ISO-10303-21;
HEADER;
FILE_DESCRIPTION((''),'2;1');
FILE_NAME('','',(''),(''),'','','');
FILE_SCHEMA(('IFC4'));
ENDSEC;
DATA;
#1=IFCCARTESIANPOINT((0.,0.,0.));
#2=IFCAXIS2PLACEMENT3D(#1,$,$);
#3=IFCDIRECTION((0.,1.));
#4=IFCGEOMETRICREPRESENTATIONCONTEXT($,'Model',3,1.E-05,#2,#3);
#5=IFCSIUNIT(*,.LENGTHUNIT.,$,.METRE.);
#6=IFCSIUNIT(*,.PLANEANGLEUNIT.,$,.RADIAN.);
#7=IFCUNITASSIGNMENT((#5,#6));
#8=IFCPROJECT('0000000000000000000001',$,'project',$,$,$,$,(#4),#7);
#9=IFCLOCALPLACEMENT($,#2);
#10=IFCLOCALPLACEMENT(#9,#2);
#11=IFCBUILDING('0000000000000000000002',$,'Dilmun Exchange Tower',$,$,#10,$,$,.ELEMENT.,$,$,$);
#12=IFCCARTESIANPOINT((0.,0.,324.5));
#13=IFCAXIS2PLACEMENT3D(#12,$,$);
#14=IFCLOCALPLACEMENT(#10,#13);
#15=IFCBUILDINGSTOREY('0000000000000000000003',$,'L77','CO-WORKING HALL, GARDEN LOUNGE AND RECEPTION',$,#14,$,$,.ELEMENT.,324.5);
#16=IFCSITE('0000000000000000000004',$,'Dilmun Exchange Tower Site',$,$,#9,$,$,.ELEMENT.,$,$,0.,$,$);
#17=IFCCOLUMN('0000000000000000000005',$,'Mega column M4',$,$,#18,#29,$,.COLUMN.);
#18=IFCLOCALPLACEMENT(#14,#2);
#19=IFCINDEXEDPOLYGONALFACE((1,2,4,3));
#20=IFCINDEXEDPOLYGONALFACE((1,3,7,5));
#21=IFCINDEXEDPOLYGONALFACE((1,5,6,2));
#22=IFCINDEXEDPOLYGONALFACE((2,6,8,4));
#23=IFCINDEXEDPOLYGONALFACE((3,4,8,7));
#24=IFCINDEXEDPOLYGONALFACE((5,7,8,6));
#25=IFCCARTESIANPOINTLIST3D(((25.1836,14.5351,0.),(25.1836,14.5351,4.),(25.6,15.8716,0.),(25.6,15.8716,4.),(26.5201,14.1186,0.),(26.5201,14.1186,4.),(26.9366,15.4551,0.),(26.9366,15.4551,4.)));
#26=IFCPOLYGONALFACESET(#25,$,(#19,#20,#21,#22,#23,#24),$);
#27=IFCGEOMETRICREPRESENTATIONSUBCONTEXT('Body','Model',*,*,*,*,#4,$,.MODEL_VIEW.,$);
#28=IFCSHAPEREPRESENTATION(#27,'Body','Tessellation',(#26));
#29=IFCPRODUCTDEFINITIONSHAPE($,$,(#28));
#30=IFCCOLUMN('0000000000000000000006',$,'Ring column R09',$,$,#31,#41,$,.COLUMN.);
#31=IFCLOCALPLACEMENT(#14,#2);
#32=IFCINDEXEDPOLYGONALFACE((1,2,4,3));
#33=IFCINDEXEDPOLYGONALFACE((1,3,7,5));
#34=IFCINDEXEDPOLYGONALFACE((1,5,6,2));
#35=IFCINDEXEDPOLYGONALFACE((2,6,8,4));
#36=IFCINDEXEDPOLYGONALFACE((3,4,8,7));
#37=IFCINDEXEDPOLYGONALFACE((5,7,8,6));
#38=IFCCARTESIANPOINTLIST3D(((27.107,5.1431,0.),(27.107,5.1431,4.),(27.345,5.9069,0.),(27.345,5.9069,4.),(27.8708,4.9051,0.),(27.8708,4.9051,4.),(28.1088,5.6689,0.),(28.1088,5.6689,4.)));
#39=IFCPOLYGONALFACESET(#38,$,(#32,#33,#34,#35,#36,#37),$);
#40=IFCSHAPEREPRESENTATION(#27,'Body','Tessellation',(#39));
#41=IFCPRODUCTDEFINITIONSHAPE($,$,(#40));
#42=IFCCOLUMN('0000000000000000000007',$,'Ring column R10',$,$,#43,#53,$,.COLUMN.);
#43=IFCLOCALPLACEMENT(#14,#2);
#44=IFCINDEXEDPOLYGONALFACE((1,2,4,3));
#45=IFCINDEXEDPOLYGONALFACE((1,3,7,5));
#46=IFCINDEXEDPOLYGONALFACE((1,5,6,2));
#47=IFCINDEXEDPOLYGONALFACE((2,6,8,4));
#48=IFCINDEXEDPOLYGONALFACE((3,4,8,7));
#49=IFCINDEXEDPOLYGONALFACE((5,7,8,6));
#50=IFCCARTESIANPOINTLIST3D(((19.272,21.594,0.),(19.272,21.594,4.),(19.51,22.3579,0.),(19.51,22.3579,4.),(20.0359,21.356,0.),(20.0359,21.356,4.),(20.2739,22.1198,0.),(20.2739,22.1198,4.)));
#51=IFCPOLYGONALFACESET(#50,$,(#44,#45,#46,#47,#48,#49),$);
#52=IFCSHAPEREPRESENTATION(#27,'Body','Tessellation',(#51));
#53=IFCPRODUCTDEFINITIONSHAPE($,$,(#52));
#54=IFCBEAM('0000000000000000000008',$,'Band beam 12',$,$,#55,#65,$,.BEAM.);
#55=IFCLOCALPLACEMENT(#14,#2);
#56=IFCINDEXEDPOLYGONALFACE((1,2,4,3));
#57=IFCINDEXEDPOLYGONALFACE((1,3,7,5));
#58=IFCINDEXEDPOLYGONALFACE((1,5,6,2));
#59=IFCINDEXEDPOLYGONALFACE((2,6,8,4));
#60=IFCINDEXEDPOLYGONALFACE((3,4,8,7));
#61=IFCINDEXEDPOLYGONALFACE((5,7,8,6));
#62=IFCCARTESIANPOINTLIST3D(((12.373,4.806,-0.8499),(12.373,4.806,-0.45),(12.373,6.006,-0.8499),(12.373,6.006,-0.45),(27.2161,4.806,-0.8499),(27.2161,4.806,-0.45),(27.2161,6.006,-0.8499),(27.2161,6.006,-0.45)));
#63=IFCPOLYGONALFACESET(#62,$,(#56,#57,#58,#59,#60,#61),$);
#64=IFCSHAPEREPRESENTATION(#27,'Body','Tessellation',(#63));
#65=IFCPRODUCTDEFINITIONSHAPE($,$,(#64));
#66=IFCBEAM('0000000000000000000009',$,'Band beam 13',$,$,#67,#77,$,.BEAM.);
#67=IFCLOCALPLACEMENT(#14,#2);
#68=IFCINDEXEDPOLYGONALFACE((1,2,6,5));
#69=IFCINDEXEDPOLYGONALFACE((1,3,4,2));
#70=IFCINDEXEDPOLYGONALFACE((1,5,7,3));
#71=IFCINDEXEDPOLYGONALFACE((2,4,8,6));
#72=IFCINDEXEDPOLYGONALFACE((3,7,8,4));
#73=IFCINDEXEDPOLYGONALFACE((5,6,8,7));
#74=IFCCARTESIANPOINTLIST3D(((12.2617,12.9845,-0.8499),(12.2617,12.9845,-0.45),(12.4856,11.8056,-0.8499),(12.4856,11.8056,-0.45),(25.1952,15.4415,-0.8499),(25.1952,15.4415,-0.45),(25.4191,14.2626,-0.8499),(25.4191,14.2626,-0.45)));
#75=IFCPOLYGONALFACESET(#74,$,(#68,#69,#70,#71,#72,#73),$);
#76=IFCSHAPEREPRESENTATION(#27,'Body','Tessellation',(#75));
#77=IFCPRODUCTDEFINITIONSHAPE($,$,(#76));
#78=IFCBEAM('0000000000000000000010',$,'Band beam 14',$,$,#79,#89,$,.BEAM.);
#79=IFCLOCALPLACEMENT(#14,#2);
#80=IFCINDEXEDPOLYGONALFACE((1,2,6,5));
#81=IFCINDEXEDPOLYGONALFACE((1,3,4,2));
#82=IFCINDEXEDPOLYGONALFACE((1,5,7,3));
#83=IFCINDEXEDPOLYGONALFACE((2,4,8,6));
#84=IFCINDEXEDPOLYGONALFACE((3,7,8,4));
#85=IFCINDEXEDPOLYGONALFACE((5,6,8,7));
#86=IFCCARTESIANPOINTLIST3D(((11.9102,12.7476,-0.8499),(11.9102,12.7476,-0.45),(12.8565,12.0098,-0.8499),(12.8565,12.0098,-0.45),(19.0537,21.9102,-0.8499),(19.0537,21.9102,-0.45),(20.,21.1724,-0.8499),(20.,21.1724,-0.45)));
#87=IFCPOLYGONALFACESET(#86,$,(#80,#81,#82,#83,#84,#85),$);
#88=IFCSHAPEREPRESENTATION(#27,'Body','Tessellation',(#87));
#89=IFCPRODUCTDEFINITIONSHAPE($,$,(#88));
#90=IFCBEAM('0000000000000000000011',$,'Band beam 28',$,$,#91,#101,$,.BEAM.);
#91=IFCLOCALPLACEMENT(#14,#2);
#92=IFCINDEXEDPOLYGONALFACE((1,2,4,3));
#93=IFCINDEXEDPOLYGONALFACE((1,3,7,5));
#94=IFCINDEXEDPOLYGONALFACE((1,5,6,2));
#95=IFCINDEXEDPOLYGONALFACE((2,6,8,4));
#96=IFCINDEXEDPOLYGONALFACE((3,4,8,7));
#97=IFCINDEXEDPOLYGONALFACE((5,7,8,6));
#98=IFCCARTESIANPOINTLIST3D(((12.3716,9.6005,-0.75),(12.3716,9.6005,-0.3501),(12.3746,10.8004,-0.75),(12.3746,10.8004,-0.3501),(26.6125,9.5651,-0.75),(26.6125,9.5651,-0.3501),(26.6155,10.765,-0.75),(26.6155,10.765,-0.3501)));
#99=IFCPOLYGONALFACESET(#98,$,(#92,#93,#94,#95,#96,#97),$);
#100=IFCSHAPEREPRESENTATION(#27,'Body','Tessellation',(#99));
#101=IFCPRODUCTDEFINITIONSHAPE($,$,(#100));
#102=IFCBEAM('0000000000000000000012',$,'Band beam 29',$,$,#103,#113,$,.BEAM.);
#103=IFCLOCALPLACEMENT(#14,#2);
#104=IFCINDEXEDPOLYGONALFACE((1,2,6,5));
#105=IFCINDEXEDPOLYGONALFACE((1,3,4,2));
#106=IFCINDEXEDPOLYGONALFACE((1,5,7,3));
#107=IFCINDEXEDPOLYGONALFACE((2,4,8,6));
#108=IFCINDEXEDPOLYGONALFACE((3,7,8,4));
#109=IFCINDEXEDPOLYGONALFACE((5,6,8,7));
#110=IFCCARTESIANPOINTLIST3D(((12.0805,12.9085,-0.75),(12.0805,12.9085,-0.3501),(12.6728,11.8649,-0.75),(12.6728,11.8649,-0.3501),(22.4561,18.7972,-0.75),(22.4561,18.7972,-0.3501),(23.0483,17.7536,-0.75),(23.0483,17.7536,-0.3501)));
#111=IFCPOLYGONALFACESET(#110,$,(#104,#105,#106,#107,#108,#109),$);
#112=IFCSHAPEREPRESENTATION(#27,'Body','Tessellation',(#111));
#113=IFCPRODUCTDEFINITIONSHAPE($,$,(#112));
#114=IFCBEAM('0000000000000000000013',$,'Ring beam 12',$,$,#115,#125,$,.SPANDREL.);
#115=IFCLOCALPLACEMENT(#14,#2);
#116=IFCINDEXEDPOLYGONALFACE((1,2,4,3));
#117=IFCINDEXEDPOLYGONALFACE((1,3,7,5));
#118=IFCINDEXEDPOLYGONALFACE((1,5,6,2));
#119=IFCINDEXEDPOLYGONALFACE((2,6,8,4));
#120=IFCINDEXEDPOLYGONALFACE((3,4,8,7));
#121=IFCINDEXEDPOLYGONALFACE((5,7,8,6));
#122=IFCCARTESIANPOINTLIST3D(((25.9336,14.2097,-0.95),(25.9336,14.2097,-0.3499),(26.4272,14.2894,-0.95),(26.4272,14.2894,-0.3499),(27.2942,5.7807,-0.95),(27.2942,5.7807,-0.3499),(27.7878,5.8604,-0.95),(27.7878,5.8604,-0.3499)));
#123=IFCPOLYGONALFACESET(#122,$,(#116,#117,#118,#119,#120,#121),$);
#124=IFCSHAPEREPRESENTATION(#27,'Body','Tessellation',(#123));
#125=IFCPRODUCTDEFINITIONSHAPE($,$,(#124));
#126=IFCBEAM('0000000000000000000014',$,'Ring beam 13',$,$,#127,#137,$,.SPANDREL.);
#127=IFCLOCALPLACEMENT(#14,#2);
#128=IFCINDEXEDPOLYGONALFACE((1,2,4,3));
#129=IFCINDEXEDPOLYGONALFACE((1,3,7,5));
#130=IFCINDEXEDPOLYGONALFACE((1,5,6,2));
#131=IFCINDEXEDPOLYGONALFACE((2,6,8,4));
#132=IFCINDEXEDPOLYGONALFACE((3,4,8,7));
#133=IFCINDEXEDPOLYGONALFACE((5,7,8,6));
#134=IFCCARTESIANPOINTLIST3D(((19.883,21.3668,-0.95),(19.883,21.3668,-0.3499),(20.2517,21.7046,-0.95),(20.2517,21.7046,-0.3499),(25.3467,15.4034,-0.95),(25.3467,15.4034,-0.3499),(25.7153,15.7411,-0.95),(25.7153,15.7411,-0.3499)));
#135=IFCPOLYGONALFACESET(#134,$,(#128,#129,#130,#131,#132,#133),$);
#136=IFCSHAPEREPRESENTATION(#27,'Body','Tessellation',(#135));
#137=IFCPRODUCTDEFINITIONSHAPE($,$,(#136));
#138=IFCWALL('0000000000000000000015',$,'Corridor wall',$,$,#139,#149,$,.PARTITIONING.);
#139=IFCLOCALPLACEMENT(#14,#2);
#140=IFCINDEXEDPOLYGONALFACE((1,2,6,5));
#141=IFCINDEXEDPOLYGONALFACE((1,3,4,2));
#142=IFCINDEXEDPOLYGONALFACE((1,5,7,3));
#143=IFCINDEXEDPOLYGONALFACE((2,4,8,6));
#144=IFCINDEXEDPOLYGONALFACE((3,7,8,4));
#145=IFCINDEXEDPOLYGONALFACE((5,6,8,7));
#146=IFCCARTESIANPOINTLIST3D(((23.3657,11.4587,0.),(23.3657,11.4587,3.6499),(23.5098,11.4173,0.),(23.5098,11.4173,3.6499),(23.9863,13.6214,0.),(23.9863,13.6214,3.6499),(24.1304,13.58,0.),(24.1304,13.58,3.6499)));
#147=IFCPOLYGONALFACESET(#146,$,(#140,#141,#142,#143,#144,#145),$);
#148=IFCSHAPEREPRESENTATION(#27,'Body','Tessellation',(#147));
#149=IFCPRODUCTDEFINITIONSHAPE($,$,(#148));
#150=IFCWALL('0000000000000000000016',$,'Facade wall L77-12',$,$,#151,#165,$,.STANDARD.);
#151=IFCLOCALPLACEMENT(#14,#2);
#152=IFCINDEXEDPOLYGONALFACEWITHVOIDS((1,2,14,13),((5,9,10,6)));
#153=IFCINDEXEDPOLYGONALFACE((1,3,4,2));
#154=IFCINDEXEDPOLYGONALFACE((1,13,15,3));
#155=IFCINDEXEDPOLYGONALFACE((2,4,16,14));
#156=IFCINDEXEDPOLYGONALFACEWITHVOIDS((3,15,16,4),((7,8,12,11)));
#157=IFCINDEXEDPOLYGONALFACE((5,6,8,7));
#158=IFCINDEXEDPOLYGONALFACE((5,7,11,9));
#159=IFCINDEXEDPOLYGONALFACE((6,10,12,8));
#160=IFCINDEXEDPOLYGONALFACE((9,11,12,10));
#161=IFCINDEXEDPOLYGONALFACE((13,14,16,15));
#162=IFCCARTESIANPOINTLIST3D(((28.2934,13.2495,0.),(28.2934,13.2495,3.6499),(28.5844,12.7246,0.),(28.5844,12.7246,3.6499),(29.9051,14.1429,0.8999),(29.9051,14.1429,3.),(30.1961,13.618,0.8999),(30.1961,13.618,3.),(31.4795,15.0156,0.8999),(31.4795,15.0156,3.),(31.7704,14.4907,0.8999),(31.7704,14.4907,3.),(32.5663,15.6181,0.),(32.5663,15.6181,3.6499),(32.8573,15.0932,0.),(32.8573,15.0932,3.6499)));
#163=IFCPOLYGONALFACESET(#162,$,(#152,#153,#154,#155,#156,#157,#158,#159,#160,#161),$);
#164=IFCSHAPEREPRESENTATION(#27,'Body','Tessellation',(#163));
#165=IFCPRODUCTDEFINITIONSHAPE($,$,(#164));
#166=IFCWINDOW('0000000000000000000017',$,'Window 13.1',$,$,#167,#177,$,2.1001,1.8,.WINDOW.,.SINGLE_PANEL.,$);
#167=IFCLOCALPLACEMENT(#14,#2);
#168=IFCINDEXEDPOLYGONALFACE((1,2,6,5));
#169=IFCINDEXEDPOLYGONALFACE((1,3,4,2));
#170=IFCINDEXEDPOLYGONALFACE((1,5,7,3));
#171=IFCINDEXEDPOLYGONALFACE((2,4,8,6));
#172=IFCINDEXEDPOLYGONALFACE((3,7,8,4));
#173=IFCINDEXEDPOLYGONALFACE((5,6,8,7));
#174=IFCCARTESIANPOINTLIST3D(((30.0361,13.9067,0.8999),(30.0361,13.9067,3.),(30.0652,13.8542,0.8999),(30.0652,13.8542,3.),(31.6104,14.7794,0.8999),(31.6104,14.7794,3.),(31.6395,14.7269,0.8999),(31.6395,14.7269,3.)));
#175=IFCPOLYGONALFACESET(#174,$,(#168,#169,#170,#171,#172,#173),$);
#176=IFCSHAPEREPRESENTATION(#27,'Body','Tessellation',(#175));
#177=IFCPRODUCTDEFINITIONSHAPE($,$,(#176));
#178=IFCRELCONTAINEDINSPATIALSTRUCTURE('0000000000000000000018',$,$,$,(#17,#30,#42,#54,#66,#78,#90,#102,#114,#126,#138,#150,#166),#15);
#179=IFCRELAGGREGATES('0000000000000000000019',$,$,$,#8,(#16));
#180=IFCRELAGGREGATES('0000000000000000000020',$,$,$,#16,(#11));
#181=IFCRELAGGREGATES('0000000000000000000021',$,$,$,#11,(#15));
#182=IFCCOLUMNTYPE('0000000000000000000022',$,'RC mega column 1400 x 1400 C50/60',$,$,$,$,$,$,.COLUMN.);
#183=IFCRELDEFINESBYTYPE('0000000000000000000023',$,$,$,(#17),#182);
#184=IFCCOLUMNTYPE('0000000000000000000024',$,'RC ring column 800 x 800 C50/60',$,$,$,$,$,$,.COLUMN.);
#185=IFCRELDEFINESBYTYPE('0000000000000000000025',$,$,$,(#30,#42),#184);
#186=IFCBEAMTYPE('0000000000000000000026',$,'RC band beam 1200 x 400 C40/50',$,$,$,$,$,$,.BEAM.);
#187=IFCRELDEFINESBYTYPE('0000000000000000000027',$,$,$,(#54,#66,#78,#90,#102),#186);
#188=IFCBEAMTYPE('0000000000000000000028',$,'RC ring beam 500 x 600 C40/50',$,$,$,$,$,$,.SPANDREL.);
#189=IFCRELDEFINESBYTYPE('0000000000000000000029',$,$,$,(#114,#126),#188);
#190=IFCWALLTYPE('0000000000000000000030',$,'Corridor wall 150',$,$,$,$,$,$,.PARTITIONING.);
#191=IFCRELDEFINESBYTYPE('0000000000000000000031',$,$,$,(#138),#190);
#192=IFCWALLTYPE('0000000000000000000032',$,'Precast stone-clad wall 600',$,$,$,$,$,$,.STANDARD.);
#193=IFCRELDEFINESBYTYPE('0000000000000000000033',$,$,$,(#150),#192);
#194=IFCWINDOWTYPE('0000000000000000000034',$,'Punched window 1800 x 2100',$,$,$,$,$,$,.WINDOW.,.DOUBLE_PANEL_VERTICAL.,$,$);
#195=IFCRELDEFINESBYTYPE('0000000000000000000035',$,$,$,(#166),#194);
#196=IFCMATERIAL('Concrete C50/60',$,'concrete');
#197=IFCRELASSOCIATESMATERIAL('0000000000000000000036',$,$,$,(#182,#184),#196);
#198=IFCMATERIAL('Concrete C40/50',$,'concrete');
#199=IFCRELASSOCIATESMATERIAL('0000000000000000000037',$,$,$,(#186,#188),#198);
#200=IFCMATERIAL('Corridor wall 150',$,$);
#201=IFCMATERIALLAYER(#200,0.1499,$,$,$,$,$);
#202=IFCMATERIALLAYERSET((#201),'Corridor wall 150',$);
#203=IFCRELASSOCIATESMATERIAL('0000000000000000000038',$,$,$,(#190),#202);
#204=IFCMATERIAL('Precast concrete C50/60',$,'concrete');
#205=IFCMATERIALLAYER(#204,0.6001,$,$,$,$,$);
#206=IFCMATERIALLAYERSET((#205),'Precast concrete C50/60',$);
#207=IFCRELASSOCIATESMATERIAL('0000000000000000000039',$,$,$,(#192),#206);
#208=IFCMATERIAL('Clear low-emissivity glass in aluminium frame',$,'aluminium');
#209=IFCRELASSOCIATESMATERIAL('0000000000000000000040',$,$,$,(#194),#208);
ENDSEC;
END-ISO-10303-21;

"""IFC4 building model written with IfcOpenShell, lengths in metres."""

from ifc_helpers import new_model, si_unit, direction, frame, frame_2d, origin, origin_2d, place, context, subcontext, project, spatial, rectangle, extrude, material, layer, layer_set, material_profile, profile_set, type_object, element, fill, save


model = new_model("IFC4")

# Units and contexts
model_context = context("Model", 3, precision=1e-05, world=origin(), true_north=direction((0.0, 1.0)))
body_context = subcontext(model_context, "Body", "Model", "MODEL_VIEW")
ifc_project = project(units=[si_unit("LENGTHUNIT", "METRE"), si_unit("PLANEANGLEUNIT", "RADIAN")], contexts=[model_context])

# Site, building, storey
site_placement = place(None, origin())
site = spatial("IfcSite", under=ifc_project, at=site_placement, Name="Dilmun Exchange Tower Site", CompositionType="ELEMENT", RefElevation=0.0)
building_placement = place(site_placement, origin())
building = spatial("IfcBuilding", under=site, at=building_placement, Name="Dilmun Exchange Tower", CompositionType="ELEMENT")
storey_placement = place(building_placement, frame((0.0, 0.0, 324.5)))
storey = spatial("IfcBuildingStorey", under=building, at=storey_placement, Name="L77", Description="CO-WORKING HALL, GARDEN LOUNGE AND RECEPTION", CompositionType="ELEMENT", Elevation=324.5)

# Columns
ifc_material_1 = material(Name="Concrete C50/60", Category="concrete")
ifc_material_profile_1 = material_profile(ifc_material_1, rectangle(XDim=1.3999, YDim=1.3999, at=origin_2d()), Name="1400 x 1400")
ifc_profile_set_1 = profile_set([ifc_material_profile_1], Name="Concrete C50/60")
column_type_1 = type_object("IfcColumnType", Name="RC mega column 1400 x 1400 C50/60", PredefinedType="COLUMN", material=ifc_profile_set_1)
column_placement = place(storey_placement, frame((26.0601, 14.9951, 0.0), z_axis=(0.0, 0.0, 1.0), x_axis=(0.297503, 0.954721, 0.0)))
element("IfcColumn", 1, at=column_placement, inside=storey, type_object=column_type_1, Name="Mega column M4", PredefinedType="COLUMN", context=body_context, shape_type="SweptSolid", body=[
    extrude(rectangle(XDim=1.3999, YDim=1.3999, at=origin_2d()), origin(), (0.0, 0.0, 1.0), 4.0),
])
ifc_material_profile_2 = material_profile(ifc_material_1, rectangle(XDim=0.8, YDim=0.8, at=origin_2d()), Name="800 x 800")
ifc_profile_set_2 = profile_set([ifc_material_profile_2], Name="Concrete C50/60")
column_type_2 = type_object("IfcColumnType", Name="RC ring column 800 x 800 C50/60", PredefinedType="COLUMN", material=ifc_profile_set_2)
for number, where, z_axis, x_axis, name in (
    (2, (27.6079, 5.406, 0.0), (0.0, 0.0, 1.0), (0.297503, 0.954721, 0.0), "Ring column R09"),
    (3, (19.7729, 21.8569, 0.0), (0.0, 0.0, 1.0), (0.297503, 0.954721, 0.0), "Ring column R10"),
):
    element("IfcColumn", number, at=place(storey_placement, frame(where, z_axis=z_axis, x_axis=x_axis)), inside=storey, type_object=column_type_2, Name=name, PredefinedType="COLUMN", context=body_context, shape_type="SweptSolid", body=[
        extrude(rectangle(XDim=0.8, YDim=0.8, at=origin_2d()), origin(), (0.0, 0.0, 1.0), 4.0),
    ])

# Beams
ifc_material_2 = material(Name="Concrete C40/50", Category="concrete")
ifc_material_profile_3 = material_profile(ifc_material_2, rectangle(XDim=1.2, YDim=0.3999, at=origin_2d()), Name="1200 x 400")
ifc_profile_set_3 = profile_set([ifc_material_profile_3], Name="Concrete C40/50")
beam_type_1 = type_object("IfcBeamType", Name="RC band beam 1200 x 400 C40/50", PredefinedType="BEAM", material=ifc_profile_set_3)
beam_1_placement = place(storey_placement, frame((27.2161, 5.406, -0.6499), z_axis=(-1.0, 0.0, 0.0), x_axis=(0.0, -1.0, 0.0)))
element("IfcBeam", 4, at=beam_1_placement, inside=storey, type_object=beam_type_1, Name="Band beam 12", PredefinedType="BEAM", context=body_context, shape_type="SweptSolid", body=[
    extrude(rectangle(XDim=1.2, YDim=0.3999, at=origin_2d()), origin(), (0.0, 0.0, 1.0), 14.843),
])
beam_2_placement = place(storey_placement, frame((25.3071, 14.8521, -0.6499), z_axis=(-0.982429, -0.186635, 0.0), x_axis=(0.186635, -0.982429, 0.0)))
element("IfcBeam", 5, at=beam_2_placement, inside=storey, type_object=beam_type_1, Name="Band beam 13", PredefinedType="BEAM", context=body_context, shape_type="SweptSolid", body=[
    extrude(rectangle(XDim=1.2, YDim=0.3999, at=origin_2d()), origin(), (0.0, 0.0, 1.0), 13.1648),
])
beam_3_placement = place(storey_placement, frame((19.5269, 21.5413, -0.6499), z_axis=(-0.614857, -0.788639, 0.0), x_axis=(0.788639, -0.614857, 0.0)))
element("IfcBeam", 6, at=beam_3_placement, inside=storey, type_object=beam_type_1, Name="Band beam 14", PredefinedType="BEAM", context=body_context, shape_type="SweptSolid", body=[
    extrude(rectangle(XDim=1.2, YDim=0.3999, at=origin_2d()), origin(), (0.0, 0.0, 1.0), 11.6182),
])
beam_4_placement = place(storey_placement, frame((26.614, 10.165, -0.55), z_axis=(-0.999997, 0.002486, 0.0), x_axis=(-0.002486, -0.999997, 0.0)))
element("IfcBeam", 7, at=beam_4_placement, inside=storey, type_object=beam_type_1, Name="Band beam 28", PredefinedType="BEAM", context=body_context, shape_type="SweptSolid", body=[
    extrude(rectangle(XDim=1.2, YDim=0.3999, at=origin_2d()), origin(), (0.0, 0.0, 1.0), 14.241),
])
beam_5_placement = place(storey_placement, frame((22.7522, 18.2754, -0.55), z_axis=(-0.86969, -0.493598, 0.0), x_axis=(0.493598, -0.86969, 0.0)))
element("IfcBeam", 8, at=beam_5_placement, inside=storey, type_object=beam_type_1, Name="Band beam 29", PredefinedType="BEAM", context=body_context, shape_type="SweptSolid", body=[
    extrude(rectangle(XDim=1.2, YDim=0.3999, at=origin_2d()), origin(), (0.0, 0.0, 1.0), 11.9302),
])
ifc_material_profile_4 = material_profile(ifc_material_2, rectangle(XDim=0.5, YDim=0.6001, at=origin_2d()), Name="500 x 600")
ifc_profile_set_4 = profile_set([ifc_material_profile_4], Name="Concrete C40/50")
beam_type_2 = type_object("IfcBeamType", Name="RC ring beam 500 x 600 C40/50", PredefinedType="SPANDREL", material=ifc_profile_set_4)
beam_6_placement = place(storey_placement, frame((27.541, 5.8206, -0.6499), z_axis=(-0.159357, 0.987221, 0.0), x_axis=(-0.987221, -0.159357, 0.0)))
element("IfcBeam", 9, at=beam_6_placement, inside=storey, type_object=beam_type_2, Name="Ring beam 12", PredefinedType="SPANDREL", context=body_context, shape_type="SweptSolid", body=[
    extrude(rectangle(XDim=0.5, YDim=0.6001, at=origin_2d()), origin(), (0.0, 0.0, 1.0), 8.5381),
])
beam_7_placement = place(storey_placement, frame((25.531, 15.5723, -0.6499), z_axis=(-0.675536, 0.737327, 0.0), x_axis=(-0.737327, -0.675536, 0.0)))
element("IfcBeam", 10, at=beam_7_placement, inside=storey, type_object=beam_type_2, Name="Ring beam 13", PredefinedType="SPANDREL", context=body_context, shape_type="SweptSolid", body=[
    extrude(rectangle(XDim=0.5, YDim=0.6001, at=origin_2d()), origin(), (0.0, 0.0, 1.0), 8.0879),
])

# Wall
ifc_material_3 = material(Name="Corridor wall 150")
ifc_layer_1 = layer(ifc_material_3, 0.1499)
ifc_layer_set_1 = layer_set([ifc_layer_1], Name="Corridor wall 150")
wall_type_1 = type_object("IfcWallType", Name="Corridor wall 150", PredefinedType="PARTITIONING", material=ifc_layer_set_1)
wall_1_placement = place(storey_placement, frame((23.4377, 11.438, 0.0), z_axis=(0.0, 0.0, 1.0), x_axis=(0.27581, 0.961212, 0.0)))
element("IfcWall", 11, at=wall_1_placement, inside=storey, type_object=wall_type_1, Name="Corridor wall", PredefinedType="PARTITIONING", context=body_context, shape_type="SweptSolid", body=[
    extrude(rectangle(XDim=2.25, YDim=0.1499, at=frame_2d((1.125, 0.0))), origin(), (0.0, 0.0, 1.0), 3.6499),
])

# Wall, opening, window
ifc_material_4 = material(Name="Precast concrete C50/60", Category="concrete")
ifc_layer_2 = layer(ifc_material_4, 0.6001)
ifc_layer_set_2 = layer_set([ifc_layer_2], Name="Precast concrete C50/60")
wall_type_2 = type_object("IfcWallType", Name="Precast stone-clad wall 600", PredefinedType="STANDARD", material=ifc_layer_set_2)
wall_2_placement = place(storey_placement, frame((32.7119, 15.3557, 0.0), z_axis=(0.0, 0.0, 1.0), x_axis=(-0.874609, -0.484828, 0.0)))
wall_2 = element("IfcWall", 12, at=wall_2_placement, inside=storey, type_object=wall_type_2, Name="Facade wall L77-12", PredefinedType="STANDARD", context=body_context, shape_type="SweptSolid", body=[
    extrude(rectangle(XDim=4.8855, YDim=0.6001, at=frame_2d((2.4429, 0.0))), origin(), (0.0, 0.0, 1.0), 3.6499),
])
opening_1_placement = place(wall_2_placement, frame((1.2429, 0.0, 0.8999)))
opening_1 = element("IfcOpeningElement", 13, at=opening_1_placement, cuts=wall_2, PredefinedType="OPENING", context=body_context, shape_type="SweptSolid", body=[
    extrude(rectangle(XDim=1.8, YDim=2.1001, at=frame_2d((0.8999, 1.05))), frame((0.0, 0.3101, 0.0), z_axis=(0.0, -1.0, 0.0), x_axis=(1.0, 0.0, 0.0)), (0.0, 0.0, 1.0), 0.6201),
])
ifc_material_5 = material(Name="Clear low-emissivity glass in aluminium frame", Category="aluminium")
window_type_1 = type_object("IfcWindowType", Name="Punched window 1800 x 2100", PartitioningType="DOUBLE_PANEL_VERTICAL", PredefinedType="WINDOW", material=ifc_material_5)
window_1_placement = place(opening_1_placement, origin())
window_1 = element("IfcWindow", 14, at=window_1_placement, inside=storey, type_object=window_type_1, Name="Window 13.1", OverallHeight=2.1001, OverallWidth=1.8, PartitioningType="SINGLE_PANEL", PredefinedType="WINDOW", context=body_context, shape_type="SweptSolid", body=[
    extrude(rectangle(XDim=1.8, YDim=2.1001, at=frame_2d((0.8999, 1.05))), frame((0.0, 0.03, 0.0), z_axis=(0.0, -1.0, 0.0), x_axis=(1.0, 0.0, 0.0)), (0.0, 0.0, 1.0), 0.0601),
])
fill(opening_1, window_1)

save(model, "model.ifc")
